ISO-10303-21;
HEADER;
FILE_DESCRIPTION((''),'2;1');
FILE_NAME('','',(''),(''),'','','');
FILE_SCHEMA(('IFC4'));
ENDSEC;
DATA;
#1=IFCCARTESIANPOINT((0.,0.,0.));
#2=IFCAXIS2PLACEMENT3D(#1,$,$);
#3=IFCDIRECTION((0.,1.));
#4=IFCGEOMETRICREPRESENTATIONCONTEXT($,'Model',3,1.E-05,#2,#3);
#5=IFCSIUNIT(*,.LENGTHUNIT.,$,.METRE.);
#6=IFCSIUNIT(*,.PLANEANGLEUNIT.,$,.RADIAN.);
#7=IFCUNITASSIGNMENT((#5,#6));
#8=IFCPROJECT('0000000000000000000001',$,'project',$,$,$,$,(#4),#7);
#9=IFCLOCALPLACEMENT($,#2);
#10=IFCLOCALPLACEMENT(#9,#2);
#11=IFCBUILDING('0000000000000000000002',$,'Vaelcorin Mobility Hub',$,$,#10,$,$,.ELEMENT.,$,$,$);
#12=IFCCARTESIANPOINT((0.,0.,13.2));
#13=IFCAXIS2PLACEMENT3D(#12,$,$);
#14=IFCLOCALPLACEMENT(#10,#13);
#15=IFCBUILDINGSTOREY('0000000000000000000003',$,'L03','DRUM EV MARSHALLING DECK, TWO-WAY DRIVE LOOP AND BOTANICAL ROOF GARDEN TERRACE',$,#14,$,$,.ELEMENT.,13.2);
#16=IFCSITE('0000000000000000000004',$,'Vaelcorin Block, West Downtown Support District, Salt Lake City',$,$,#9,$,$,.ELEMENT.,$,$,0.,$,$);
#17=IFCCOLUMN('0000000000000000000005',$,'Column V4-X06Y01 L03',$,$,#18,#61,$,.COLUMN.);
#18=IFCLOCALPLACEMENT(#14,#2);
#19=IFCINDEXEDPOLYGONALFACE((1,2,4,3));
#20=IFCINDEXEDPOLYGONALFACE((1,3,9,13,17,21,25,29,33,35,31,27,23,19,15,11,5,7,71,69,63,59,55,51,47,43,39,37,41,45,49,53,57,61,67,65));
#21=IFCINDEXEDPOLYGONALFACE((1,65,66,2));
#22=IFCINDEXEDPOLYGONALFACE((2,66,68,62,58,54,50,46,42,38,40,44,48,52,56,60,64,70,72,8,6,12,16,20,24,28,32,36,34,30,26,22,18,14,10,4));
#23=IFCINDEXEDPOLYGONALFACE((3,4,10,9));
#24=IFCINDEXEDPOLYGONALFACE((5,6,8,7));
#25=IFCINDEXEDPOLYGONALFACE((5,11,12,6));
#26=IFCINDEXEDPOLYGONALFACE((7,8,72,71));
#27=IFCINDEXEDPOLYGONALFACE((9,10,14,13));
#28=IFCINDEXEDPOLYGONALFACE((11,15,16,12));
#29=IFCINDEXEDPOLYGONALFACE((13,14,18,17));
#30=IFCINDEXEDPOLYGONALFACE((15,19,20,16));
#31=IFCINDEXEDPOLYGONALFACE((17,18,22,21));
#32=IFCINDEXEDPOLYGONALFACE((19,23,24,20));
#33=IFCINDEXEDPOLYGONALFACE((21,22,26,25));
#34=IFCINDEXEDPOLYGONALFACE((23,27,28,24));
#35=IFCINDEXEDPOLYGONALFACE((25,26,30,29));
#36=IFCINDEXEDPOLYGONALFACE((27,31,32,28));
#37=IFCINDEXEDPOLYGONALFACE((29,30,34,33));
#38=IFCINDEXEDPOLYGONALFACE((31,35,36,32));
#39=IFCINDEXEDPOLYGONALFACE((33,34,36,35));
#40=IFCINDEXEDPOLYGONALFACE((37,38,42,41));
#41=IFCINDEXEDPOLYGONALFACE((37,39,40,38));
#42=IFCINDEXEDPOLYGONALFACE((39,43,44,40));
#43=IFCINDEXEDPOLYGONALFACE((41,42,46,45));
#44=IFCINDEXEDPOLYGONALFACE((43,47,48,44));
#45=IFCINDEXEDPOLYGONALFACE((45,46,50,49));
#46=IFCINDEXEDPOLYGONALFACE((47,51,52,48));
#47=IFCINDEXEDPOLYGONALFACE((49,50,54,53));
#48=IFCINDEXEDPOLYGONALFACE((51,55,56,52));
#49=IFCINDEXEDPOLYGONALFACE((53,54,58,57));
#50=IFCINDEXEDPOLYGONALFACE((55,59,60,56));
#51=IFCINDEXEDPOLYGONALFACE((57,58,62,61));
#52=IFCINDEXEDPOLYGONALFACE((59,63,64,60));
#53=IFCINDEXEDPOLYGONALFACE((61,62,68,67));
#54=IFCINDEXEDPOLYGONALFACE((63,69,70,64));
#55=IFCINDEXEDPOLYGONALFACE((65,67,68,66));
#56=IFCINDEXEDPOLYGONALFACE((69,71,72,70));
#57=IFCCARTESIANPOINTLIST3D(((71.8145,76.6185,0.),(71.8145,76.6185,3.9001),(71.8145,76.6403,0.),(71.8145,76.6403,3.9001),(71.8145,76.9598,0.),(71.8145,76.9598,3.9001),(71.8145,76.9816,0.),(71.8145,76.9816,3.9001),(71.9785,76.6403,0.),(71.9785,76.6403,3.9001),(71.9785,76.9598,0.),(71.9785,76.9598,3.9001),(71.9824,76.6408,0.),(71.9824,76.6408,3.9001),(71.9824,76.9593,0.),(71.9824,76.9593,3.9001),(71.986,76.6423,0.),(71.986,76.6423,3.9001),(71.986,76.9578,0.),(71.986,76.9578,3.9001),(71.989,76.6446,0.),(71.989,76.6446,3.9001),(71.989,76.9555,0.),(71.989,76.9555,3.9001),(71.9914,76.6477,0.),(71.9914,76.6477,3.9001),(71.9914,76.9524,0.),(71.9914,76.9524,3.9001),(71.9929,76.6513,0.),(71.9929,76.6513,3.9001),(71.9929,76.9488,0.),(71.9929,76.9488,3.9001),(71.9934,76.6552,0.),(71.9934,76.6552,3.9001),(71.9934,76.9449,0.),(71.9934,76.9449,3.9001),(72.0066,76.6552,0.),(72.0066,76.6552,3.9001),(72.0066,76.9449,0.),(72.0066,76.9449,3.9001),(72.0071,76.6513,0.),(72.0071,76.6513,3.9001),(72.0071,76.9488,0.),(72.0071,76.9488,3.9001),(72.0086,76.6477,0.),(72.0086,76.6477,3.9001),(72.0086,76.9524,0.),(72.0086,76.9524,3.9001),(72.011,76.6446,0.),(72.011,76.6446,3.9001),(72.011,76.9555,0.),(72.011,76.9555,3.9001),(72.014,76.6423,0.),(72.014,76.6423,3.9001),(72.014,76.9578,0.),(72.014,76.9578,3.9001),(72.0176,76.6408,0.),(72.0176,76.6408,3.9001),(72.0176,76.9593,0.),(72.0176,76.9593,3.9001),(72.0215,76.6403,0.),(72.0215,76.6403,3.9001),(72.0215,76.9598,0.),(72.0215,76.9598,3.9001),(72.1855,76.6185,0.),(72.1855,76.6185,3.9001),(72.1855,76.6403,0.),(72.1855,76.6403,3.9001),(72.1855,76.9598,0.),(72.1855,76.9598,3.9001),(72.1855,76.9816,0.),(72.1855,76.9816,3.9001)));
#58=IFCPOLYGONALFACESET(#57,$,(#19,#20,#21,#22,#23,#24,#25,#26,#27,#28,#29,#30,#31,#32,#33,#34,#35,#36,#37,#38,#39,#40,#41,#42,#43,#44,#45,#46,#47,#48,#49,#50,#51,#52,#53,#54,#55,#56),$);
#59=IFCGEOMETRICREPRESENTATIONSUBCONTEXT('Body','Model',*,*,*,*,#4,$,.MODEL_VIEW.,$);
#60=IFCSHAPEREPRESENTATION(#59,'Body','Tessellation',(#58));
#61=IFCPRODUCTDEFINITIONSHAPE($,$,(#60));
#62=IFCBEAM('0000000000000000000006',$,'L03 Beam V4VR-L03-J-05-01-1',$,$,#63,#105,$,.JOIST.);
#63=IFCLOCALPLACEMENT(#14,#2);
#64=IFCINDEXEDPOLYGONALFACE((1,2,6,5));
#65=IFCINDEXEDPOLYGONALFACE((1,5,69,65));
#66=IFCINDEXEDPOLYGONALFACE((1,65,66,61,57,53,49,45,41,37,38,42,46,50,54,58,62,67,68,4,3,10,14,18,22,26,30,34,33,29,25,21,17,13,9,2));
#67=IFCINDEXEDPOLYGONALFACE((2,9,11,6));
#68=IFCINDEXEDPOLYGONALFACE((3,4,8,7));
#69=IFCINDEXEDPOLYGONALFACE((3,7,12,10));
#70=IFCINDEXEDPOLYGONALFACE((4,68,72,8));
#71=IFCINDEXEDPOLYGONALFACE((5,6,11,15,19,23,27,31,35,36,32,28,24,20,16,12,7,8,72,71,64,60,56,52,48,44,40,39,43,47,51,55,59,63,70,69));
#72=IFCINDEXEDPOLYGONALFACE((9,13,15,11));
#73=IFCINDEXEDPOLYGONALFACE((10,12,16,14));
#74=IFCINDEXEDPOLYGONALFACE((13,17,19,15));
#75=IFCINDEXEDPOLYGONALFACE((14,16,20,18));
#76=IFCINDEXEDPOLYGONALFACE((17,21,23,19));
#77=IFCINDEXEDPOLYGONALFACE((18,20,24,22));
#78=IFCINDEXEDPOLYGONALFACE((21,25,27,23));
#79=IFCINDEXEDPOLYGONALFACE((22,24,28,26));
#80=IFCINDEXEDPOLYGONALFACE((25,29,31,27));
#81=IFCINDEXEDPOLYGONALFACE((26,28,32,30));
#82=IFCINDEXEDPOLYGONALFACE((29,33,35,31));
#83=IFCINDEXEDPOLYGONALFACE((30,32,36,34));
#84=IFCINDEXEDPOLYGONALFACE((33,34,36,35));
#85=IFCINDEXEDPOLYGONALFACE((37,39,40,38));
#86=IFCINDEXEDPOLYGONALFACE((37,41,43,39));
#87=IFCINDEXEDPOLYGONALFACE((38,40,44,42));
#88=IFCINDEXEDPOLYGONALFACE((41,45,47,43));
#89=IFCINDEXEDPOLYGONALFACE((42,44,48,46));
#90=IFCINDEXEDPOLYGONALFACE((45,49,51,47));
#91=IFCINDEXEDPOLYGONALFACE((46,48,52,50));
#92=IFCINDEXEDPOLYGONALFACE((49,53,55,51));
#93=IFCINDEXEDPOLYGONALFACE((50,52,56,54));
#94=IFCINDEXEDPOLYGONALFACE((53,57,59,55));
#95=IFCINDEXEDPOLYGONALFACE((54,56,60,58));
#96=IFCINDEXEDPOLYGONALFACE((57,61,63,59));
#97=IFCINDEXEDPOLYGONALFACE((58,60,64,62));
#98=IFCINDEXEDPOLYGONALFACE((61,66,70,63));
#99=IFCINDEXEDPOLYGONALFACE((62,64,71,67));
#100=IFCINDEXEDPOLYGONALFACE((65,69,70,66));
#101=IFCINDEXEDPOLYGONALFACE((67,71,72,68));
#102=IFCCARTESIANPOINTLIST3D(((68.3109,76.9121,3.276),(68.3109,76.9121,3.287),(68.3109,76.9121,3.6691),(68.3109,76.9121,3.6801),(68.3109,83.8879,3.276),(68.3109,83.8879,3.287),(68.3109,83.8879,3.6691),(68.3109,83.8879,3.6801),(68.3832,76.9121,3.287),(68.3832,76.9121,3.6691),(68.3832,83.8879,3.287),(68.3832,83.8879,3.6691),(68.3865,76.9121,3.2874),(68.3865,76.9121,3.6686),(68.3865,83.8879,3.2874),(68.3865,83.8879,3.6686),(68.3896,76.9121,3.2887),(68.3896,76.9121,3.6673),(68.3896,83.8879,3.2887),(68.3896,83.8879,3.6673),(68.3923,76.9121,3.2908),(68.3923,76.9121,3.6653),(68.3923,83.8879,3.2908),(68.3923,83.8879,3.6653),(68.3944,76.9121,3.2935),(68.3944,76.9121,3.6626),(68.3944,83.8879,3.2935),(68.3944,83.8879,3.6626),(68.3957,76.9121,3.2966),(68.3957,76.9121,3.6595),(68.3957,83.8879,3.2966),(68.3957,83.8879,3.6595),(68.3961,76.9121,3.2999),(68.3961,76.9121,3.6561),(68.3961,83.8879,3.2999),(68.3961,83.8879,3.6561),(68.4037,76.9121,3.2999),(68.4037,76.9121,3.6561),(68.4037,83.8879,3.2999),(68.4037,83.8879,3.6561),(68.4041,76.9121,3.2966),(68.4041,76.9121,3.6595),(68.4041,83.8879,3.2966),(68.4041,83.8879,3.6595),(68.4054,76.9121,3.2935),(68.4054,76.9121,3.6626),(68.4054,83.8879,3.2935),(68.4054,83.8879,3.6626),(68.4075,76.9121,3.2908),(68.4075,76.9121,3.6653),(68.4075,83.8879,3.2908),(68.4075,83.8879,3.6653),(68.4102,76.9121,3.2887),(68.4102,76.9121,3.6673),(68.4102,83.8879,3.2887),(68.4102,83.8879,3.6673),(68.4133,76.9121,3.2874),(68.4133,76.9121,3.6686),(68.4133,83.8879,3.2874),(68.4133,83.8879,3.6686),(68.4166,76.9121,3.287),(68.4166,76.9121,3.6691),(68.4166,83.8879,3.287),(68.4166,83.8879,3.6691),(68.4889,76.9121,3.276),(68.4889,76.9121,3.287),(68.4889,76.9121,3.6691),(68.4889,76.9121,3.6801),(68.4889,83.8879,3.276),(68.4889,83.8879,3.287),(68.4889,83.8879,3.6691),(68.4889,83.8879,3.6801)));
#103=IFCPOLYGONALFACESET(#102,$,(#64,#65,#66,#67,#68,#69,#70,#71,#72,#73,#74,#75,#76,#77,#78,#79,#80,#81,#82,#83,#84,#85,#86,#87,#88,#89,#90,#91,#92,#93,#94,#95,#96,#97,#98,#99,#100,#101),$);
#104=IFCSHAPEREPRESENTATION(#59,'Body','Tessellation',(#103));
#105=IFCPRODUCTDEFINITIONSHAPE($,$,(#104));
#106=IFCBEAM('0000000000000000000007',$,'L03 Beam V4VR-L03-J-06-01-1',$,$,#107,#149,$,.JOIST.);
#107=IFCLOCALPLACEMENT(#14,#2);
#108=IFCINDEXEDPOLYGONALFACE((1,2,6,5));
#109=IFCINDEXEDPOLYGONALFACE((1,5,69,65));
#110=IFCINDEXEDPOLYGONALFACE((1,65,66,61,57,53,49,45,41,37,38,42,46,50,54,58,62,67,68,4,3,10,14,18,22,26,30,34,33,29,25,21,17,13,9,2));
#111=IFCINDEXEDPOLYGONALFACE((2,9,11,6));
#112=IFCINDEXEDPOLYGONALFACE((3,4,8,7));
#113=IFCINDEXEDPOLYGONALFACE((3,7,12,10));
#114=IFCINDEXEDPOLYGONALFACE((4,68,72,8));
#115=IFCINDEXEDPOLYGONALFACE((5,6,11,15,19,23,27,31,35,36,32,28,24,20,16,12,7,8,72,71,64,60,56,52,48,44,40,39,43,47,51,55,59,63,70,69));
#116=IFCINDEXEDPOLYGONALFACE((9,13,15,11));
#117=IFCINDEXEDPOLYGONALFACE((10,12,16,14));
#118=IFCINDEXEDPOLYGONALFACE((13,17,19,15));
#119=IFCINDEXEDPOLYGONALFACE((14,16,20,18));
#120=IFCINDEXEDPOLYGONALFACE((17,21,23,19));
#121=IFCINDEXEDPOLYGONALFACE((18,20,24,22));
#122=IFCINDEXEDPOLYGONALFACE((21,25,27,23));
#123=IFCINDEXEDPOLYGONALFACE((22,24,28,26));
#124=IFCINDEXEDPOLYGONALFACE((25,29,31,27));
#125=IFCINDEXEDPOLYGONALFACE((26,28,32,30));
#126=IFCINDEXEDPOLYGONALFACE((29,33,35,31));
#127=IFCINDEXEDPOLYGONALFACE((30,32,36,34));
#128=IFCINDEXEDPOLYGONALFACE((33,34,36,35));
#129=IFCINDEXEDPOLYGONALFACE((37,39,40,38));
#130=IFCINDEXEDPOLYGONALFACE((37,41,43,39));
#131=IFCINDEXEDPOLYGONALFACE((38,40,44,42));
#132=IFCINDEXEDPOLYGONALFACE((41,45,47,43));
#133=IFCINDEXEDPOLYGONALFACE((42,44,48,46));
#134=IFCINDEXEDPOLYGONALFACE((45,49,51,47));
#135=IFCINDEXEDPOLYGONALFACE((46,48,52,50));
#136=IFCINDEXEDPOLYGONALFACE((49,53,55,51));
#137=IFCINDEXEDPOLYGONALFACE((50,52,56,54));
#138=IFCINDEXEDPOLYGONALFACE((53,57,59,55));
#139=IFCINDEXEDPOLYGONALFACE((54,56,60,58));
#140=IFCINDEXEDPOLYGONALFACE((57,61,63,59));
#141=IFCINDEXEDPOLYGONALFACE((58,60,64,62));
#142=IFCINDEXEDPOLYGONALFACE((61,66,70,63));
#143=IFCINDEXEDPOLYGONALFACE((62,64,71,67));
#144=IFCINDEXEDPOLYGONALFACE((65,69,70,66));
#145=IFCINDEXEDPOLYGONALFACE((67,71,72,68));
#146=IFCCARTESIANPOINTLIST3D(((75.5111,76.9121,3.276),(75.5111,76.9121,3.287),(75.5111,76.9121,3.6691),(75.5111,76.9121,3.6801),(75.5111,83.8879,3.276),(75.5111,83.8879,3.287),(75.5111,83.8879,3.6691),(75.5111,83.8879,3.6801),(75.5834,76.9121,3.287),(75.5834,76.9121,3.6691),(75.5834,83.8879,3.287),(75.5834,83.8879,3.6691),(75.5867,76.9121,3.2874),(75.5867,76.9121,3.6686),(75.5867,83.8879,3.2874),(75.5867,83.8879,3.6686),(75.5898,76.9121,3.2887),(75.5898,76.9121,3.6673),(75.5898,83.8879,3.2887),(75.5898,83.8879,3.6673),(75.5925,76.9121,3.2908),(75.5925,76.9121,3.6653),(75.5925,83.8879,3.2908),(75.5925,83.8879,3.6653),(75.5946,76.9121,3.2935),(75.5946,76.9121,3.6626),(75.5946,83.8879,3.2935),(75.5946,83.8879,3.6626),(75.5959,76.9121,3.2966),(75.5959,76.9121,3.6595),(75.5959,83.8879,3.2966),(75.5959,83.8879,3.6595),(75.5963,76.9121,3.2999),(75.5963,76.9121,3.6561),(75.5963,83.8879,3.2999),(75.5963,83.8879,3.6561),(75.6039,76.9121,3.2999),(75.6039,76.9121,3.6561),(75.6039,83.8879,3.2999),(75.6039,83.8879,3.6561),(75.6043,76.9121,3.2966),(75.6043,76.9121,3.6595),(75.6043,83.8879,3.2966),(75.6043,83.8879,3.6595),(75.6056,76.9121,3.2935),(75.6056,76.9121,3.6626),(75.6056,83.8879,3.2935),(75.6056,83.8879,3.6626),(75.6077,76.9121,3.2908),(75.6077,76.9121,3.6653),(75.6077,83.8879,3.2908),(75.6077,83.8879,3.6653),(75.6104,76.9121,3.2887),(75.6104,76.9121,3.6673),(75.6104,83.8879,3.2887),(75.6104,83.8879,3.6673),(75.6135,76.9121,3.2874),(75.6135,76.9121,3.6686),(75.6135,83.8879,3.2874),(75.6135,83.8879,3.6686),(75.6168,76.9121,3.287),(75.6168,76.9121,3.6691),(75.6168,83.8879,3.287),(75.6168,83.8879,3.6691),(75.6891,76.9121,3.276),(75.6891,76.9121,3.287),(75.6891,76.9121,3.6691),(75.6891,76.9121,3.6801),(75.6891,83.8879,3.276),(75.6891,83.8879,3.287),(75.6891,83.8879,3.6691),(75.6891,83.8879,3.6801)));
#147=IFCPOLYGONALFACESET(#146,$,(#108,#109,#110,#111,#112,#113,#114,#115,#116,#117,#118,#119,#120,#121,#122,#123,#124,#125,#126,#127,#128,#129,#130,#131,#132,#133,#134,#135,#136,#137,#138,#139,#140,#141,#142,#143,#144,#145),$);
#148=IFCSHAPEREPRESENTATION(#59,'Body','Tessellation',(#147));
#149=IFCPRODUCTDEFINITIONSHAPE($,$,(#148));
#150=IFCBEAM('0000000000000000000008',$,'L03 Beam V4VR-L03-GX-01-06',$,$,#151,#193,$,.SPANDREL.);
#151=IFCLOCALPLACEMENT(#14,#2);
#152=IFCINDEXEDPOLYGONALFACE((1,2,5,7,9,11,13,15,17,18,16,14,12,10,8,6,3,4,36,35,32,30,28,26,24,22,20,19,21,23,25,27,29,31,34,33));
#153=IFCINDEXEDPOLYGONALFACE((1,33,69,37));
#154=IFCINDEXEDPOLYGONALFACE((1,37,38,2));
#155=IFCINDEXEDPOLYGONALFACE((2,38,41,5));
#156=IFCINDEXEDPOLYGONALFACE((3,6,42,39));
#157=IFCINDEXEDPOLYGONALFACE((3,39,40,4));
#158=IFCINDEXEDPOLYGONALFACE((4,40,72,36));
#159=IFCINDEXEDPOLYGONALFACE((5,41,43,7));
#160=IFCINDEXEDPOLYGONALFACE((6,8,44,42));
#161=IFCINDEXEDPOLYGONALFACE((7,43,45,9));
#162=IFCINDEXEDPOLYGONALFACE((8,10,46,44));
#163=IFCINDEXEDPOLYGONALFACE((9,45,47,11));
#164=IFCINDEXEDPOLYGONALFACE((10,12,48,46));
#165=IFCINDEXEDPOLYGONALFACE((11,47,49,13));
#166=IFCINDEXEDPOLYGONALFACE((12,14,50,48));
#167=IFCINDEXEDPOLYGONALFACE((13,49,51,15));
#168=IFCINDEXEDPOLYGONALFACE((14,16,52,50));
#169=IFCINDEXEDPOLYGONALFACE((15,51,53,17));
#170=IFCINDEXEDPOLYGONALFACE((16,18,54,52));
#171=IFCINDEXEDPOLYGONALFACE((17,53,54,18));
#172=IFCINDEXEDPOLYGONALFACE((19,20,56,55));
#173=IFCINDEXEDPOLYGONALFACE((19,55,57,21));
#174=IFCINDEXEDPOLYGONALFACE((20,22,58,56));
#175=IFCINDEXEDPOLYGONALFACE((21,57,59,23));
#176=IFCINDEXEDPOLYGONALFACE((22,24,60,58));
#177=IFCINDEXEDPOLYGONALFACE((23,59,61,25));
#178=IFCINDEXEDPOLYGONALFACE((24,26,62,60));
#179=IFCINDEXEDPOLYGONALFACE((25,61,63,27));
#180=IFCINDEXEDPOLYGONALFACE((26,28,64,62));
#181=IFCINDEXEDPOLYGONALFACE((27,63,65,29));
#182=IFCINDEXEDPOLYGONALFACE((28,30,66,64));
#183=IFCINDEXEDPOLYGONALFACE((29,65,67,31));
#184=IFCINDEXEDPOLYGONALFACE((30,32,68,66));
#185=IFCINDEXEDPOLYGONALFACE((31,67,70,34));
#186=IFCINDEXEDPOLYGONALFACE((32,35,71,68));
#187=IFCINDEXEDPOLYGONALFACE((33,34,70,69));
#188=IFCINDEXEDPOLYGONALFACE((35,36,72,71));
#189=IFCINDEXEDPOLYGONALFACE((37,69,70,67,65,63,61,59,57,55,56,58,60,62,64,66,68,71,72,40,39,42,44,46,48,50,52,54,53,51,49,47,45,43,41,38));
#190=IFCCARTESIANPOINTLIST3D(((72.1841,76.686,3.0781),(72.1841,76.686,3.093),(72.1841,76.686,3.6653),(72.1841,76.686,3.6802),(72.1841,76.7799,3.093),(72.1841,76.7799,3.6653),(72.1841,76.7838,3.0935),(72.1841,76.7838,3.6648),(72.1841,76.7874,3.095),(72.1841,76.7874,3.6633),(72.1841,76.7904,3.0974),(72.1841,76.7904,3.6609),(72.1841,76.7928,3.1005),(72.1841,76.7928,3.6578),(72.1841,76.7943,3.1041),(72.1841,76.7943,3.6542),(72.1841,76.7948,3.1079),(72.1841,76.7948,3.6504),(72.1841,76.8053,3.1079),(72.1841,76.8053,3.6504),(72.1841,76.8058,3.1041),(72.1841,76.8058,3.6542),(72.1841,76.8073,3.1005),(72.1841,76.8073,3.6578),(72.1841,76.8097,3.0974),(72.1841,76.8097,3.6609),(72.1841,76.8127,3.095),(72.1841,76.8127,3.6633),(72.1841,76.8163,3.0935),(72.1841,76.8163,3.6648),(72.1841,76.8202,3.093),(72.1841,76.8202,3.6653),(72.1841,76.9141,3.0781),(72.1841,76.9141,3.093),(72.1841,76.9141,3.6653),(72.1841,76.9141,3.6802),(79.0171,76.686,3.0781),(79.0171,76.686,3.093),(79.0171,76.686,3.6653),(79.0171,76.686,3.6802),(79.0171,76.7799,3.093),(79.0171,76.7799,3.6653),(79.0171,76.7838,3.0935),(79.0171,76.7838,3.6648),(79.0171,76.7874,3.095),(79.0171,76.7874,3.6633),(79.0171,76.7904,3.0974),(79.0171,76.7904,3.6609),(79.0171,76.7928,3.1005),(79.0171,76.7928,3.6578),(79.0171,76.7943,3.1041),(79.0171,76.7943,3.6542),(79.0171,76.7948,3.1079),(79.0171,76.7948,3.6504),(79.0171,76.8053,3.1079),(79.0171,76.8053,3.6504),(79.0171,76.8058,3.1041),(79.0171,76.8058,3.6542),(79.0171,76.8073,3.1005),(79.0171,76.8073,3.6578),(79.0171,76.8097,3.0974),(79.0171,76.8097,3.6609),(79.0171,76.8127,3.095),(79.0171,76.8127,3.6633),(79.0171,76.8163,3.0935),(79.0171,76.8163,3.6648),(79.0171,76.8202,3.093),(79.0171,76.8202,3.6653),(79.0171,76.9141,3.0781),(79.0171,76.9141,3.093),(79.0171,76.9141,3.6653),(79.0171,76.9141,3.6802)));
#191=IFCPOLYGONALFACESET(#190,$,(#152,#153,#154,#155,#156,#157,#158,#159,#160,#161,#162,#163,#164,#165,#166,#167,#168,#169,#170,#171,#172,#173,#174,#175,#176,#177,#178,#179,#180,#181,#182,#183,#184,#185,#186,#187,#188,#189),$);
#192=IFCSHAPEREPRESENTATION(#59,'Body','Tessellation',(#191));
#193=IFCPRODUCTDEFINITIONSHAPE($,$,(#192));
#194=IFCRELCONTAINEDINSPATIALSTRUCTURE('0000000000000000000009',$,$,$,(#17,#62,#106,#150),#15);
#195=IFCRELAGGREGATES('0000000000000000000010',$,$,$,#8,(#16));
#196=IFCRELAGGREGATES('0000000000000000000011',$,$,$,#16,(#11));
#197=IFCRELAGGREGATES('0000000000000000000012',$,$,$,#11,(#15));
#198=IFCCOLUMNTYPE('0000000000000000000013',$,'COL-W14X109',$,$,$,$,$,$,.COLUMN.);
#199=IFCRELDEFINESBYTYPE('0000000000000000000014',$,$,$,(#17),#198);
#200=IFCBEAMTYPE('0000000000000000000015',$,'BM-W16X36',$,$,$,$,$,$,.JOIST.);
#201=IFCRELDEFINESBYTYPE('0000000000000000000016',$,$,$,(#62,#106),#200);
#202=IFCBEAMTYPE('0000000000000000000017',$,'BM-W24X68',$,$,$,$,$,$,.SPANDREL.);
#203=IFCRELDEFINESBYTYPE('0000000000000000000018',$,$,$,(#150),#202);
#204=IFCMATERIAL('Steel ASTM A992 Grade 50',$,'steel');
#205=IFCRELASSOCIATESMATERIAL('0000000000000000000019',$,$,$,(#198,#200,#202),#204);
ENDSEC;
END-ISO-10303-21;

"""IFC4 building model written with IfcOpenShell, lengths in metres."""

from ifc_helpers import new_model, si_unit, direction, frame, origin, origin_2d, place, context, subcontext, project, spatial, i_section, extrude, material, material_profile, profile_set, type_object, element, save


model = new_model("IFC4")

# Units and contexts
model_context = context("Model", 3, precision=1e-05, world=origin(), true_north=direction((0.0, 1.0)))
body_context = subcontext(model_context, "Body", "Model", "MODEL_VIEW")
ifc_project = project(units=[si_unit("LENGTHUNIT", "METRE"), si_unit("PLANEANGLEUNIT", "RADIAN")], contexts=[model_context])

# Site, building, storey
site_placement = place(None, origin())
site = spatial("IfcSite", under=ifc_project, at=site_placement, Name="Vaelcorin Block, West Downtown Support District, Salt Lake City", CompositionType="ELEMENT", RefElevation=0.0)
building_placement = place(site_placement, origin())
building = spatial("IfcBuilding", under=site, at=building_placement, Name="Vaelcorin Mobility Hub", CompositionType="ELEMENT")
storey_placement = place(building_placement, frame((0.0, 0.0, 13.2)))
storey = spatial("IfcBuildingStorey", under=building, at=storey_placement, Name="L03", Description="DRUM EV MARSHALLING DECK, TWO-WAY DRIVE LOOP AND BOTANICAL ROOF GARDEN TERRACE", CompositionType="ELEMENT", Elevation=13.2)

# Column
ifc_material_1 = material(Name="Steel ASTM A992 Grade 50", Category="steel")
ifc_material_profile_1 = material_profile(ifc_material_1, i_section(OverallWidth=0.3711, OverallDepth=0.363, WebThickness=0.0132, FlangeThickness=0.0217, FilletRadius=0.0149, at=origin_2d()), Name="W14X109")
ifc_profile_set_1 = profile_set([ifc_material_profile_1], Name="Steel ASTM A992 Grade 50")
column_type = type_object("IfcColumnType", Name="COL-W14X109", PredefinedType="COLUMN", material=ifc_profile_set_1)
column_placement = place(storey_placement, frame((72.0, 76.8, 0.0), z_axis=(0.0, 0.0, 1.0), x_axis=(1.0, 0.0, 0.0)))
element("IfcColumn", 1, at=column_placement, inside=storey, type_object=column_type, Name="Column V4-X06Y01 L03", PredefinedType="COLUMN", context=body_context, shape_type="SweptSolid", body=[
    extrude(i_section(OverallWidth=0.3711, OverallDepth=0.363, WebThickness=0.0132, FlangeThickness=0.0217, FilletRadius=0.0149, at=origin_2d()), origin(), (0.0, 0.0, 1.0), 3.9001),
])

# Beams
ifc_material_profile_2 = material_profile(ifc_material_1, i_section(OverallWidth=0.178, OverallDepth=0.4041, WebThickness=0.0076, FlangeThickness=0.011, FilletRadius=0.0129, at=origin_2d()), Name="W16X36")
ifc_profile_set_2 = profile_set([ifc_material_profile_2], Name="Steel ASTM A992 Grade 50")
beam_type_1 = type_object("IfcBeamType", Name="BM-W16X36", PredefinedType="JOIST", material=ifc_profile_set_2)
for number, where, z_axis, x_axis, name in (
    (2, (68.3999, 76.9121, 3.478), (0.0, 1.0, 0.0), (-1.0, 0.0, 0.0), "L03 Beam V4VR-L03-J-05-01-1"),
    (3, (75.6001, 76.9121, 3.478), (0.0, 1.0, 0.0), (-1.0, 0.0, 0.0), "L03 Beam V4VR-L03-J-06-01-1"),
):
    element("IfcBeam", number, at=place(storey_placement, frame(where, z_axis=z_axis, x_axis=x_axis)), inside=storey, type_object=beam_type_1, Name=name, PredefinedType="JOIST", context=body_context, shape_type="SweptSolid", body=[
        extrude(i_section(OverallWidth=0.178, OverallDepth=0.4041, WebThickness=0.0076, FlangeThickness=0.011, FilletRadius=0.0129, at=origin_2d()), origin(), (0.0, 0.0, 1.0), 6.9758),
    ])
ifc_material_profile_3 = material_profile(ifc_material_1, i_section(OverallWidth=0.228, OverallDepth=0.6021, WebThickness=0.0105, FlangeThickness=0.0149, FilletRadius=0.0149, at=origin_2d()), Name="W24X68")
ifc_profile_set_3 = profile_set([ifc_material_profile_3], Name="Steel ASTM A992 Grade 50")
beam_type_2 = type_object("IfcBeamType", Name="BM-W24X68", PredefinedType="SPANDREL", material=ifc_profile_set_3)
beam_1_placement = place(storey_placement, frame((72.1841, 76.8, 3.3792), z_axis=(1.0, 0.0, 0.0), x_axis=(0.0, 1.0, 0.0)))
element("IfcBeam", 4, at=beam_1_placement, inside=storey, type_object=beam_type_2, Name="L03 Beam V4VR-L03-GX-01-06", PredefinedType="SPANDREL", context=body_context, shape_type="SweptSolid", body=[
    extrude(i_section(OverallWidth=0.228, OverallDepth=0.6021, WebThickness=0.0105, FlangeThickness=0.0149, FilletRadius=0.0149, at=origin_2d()), origin(), (0.0, 0.0, 1.0), 6.833),
])

save(model, "model.ifc")
